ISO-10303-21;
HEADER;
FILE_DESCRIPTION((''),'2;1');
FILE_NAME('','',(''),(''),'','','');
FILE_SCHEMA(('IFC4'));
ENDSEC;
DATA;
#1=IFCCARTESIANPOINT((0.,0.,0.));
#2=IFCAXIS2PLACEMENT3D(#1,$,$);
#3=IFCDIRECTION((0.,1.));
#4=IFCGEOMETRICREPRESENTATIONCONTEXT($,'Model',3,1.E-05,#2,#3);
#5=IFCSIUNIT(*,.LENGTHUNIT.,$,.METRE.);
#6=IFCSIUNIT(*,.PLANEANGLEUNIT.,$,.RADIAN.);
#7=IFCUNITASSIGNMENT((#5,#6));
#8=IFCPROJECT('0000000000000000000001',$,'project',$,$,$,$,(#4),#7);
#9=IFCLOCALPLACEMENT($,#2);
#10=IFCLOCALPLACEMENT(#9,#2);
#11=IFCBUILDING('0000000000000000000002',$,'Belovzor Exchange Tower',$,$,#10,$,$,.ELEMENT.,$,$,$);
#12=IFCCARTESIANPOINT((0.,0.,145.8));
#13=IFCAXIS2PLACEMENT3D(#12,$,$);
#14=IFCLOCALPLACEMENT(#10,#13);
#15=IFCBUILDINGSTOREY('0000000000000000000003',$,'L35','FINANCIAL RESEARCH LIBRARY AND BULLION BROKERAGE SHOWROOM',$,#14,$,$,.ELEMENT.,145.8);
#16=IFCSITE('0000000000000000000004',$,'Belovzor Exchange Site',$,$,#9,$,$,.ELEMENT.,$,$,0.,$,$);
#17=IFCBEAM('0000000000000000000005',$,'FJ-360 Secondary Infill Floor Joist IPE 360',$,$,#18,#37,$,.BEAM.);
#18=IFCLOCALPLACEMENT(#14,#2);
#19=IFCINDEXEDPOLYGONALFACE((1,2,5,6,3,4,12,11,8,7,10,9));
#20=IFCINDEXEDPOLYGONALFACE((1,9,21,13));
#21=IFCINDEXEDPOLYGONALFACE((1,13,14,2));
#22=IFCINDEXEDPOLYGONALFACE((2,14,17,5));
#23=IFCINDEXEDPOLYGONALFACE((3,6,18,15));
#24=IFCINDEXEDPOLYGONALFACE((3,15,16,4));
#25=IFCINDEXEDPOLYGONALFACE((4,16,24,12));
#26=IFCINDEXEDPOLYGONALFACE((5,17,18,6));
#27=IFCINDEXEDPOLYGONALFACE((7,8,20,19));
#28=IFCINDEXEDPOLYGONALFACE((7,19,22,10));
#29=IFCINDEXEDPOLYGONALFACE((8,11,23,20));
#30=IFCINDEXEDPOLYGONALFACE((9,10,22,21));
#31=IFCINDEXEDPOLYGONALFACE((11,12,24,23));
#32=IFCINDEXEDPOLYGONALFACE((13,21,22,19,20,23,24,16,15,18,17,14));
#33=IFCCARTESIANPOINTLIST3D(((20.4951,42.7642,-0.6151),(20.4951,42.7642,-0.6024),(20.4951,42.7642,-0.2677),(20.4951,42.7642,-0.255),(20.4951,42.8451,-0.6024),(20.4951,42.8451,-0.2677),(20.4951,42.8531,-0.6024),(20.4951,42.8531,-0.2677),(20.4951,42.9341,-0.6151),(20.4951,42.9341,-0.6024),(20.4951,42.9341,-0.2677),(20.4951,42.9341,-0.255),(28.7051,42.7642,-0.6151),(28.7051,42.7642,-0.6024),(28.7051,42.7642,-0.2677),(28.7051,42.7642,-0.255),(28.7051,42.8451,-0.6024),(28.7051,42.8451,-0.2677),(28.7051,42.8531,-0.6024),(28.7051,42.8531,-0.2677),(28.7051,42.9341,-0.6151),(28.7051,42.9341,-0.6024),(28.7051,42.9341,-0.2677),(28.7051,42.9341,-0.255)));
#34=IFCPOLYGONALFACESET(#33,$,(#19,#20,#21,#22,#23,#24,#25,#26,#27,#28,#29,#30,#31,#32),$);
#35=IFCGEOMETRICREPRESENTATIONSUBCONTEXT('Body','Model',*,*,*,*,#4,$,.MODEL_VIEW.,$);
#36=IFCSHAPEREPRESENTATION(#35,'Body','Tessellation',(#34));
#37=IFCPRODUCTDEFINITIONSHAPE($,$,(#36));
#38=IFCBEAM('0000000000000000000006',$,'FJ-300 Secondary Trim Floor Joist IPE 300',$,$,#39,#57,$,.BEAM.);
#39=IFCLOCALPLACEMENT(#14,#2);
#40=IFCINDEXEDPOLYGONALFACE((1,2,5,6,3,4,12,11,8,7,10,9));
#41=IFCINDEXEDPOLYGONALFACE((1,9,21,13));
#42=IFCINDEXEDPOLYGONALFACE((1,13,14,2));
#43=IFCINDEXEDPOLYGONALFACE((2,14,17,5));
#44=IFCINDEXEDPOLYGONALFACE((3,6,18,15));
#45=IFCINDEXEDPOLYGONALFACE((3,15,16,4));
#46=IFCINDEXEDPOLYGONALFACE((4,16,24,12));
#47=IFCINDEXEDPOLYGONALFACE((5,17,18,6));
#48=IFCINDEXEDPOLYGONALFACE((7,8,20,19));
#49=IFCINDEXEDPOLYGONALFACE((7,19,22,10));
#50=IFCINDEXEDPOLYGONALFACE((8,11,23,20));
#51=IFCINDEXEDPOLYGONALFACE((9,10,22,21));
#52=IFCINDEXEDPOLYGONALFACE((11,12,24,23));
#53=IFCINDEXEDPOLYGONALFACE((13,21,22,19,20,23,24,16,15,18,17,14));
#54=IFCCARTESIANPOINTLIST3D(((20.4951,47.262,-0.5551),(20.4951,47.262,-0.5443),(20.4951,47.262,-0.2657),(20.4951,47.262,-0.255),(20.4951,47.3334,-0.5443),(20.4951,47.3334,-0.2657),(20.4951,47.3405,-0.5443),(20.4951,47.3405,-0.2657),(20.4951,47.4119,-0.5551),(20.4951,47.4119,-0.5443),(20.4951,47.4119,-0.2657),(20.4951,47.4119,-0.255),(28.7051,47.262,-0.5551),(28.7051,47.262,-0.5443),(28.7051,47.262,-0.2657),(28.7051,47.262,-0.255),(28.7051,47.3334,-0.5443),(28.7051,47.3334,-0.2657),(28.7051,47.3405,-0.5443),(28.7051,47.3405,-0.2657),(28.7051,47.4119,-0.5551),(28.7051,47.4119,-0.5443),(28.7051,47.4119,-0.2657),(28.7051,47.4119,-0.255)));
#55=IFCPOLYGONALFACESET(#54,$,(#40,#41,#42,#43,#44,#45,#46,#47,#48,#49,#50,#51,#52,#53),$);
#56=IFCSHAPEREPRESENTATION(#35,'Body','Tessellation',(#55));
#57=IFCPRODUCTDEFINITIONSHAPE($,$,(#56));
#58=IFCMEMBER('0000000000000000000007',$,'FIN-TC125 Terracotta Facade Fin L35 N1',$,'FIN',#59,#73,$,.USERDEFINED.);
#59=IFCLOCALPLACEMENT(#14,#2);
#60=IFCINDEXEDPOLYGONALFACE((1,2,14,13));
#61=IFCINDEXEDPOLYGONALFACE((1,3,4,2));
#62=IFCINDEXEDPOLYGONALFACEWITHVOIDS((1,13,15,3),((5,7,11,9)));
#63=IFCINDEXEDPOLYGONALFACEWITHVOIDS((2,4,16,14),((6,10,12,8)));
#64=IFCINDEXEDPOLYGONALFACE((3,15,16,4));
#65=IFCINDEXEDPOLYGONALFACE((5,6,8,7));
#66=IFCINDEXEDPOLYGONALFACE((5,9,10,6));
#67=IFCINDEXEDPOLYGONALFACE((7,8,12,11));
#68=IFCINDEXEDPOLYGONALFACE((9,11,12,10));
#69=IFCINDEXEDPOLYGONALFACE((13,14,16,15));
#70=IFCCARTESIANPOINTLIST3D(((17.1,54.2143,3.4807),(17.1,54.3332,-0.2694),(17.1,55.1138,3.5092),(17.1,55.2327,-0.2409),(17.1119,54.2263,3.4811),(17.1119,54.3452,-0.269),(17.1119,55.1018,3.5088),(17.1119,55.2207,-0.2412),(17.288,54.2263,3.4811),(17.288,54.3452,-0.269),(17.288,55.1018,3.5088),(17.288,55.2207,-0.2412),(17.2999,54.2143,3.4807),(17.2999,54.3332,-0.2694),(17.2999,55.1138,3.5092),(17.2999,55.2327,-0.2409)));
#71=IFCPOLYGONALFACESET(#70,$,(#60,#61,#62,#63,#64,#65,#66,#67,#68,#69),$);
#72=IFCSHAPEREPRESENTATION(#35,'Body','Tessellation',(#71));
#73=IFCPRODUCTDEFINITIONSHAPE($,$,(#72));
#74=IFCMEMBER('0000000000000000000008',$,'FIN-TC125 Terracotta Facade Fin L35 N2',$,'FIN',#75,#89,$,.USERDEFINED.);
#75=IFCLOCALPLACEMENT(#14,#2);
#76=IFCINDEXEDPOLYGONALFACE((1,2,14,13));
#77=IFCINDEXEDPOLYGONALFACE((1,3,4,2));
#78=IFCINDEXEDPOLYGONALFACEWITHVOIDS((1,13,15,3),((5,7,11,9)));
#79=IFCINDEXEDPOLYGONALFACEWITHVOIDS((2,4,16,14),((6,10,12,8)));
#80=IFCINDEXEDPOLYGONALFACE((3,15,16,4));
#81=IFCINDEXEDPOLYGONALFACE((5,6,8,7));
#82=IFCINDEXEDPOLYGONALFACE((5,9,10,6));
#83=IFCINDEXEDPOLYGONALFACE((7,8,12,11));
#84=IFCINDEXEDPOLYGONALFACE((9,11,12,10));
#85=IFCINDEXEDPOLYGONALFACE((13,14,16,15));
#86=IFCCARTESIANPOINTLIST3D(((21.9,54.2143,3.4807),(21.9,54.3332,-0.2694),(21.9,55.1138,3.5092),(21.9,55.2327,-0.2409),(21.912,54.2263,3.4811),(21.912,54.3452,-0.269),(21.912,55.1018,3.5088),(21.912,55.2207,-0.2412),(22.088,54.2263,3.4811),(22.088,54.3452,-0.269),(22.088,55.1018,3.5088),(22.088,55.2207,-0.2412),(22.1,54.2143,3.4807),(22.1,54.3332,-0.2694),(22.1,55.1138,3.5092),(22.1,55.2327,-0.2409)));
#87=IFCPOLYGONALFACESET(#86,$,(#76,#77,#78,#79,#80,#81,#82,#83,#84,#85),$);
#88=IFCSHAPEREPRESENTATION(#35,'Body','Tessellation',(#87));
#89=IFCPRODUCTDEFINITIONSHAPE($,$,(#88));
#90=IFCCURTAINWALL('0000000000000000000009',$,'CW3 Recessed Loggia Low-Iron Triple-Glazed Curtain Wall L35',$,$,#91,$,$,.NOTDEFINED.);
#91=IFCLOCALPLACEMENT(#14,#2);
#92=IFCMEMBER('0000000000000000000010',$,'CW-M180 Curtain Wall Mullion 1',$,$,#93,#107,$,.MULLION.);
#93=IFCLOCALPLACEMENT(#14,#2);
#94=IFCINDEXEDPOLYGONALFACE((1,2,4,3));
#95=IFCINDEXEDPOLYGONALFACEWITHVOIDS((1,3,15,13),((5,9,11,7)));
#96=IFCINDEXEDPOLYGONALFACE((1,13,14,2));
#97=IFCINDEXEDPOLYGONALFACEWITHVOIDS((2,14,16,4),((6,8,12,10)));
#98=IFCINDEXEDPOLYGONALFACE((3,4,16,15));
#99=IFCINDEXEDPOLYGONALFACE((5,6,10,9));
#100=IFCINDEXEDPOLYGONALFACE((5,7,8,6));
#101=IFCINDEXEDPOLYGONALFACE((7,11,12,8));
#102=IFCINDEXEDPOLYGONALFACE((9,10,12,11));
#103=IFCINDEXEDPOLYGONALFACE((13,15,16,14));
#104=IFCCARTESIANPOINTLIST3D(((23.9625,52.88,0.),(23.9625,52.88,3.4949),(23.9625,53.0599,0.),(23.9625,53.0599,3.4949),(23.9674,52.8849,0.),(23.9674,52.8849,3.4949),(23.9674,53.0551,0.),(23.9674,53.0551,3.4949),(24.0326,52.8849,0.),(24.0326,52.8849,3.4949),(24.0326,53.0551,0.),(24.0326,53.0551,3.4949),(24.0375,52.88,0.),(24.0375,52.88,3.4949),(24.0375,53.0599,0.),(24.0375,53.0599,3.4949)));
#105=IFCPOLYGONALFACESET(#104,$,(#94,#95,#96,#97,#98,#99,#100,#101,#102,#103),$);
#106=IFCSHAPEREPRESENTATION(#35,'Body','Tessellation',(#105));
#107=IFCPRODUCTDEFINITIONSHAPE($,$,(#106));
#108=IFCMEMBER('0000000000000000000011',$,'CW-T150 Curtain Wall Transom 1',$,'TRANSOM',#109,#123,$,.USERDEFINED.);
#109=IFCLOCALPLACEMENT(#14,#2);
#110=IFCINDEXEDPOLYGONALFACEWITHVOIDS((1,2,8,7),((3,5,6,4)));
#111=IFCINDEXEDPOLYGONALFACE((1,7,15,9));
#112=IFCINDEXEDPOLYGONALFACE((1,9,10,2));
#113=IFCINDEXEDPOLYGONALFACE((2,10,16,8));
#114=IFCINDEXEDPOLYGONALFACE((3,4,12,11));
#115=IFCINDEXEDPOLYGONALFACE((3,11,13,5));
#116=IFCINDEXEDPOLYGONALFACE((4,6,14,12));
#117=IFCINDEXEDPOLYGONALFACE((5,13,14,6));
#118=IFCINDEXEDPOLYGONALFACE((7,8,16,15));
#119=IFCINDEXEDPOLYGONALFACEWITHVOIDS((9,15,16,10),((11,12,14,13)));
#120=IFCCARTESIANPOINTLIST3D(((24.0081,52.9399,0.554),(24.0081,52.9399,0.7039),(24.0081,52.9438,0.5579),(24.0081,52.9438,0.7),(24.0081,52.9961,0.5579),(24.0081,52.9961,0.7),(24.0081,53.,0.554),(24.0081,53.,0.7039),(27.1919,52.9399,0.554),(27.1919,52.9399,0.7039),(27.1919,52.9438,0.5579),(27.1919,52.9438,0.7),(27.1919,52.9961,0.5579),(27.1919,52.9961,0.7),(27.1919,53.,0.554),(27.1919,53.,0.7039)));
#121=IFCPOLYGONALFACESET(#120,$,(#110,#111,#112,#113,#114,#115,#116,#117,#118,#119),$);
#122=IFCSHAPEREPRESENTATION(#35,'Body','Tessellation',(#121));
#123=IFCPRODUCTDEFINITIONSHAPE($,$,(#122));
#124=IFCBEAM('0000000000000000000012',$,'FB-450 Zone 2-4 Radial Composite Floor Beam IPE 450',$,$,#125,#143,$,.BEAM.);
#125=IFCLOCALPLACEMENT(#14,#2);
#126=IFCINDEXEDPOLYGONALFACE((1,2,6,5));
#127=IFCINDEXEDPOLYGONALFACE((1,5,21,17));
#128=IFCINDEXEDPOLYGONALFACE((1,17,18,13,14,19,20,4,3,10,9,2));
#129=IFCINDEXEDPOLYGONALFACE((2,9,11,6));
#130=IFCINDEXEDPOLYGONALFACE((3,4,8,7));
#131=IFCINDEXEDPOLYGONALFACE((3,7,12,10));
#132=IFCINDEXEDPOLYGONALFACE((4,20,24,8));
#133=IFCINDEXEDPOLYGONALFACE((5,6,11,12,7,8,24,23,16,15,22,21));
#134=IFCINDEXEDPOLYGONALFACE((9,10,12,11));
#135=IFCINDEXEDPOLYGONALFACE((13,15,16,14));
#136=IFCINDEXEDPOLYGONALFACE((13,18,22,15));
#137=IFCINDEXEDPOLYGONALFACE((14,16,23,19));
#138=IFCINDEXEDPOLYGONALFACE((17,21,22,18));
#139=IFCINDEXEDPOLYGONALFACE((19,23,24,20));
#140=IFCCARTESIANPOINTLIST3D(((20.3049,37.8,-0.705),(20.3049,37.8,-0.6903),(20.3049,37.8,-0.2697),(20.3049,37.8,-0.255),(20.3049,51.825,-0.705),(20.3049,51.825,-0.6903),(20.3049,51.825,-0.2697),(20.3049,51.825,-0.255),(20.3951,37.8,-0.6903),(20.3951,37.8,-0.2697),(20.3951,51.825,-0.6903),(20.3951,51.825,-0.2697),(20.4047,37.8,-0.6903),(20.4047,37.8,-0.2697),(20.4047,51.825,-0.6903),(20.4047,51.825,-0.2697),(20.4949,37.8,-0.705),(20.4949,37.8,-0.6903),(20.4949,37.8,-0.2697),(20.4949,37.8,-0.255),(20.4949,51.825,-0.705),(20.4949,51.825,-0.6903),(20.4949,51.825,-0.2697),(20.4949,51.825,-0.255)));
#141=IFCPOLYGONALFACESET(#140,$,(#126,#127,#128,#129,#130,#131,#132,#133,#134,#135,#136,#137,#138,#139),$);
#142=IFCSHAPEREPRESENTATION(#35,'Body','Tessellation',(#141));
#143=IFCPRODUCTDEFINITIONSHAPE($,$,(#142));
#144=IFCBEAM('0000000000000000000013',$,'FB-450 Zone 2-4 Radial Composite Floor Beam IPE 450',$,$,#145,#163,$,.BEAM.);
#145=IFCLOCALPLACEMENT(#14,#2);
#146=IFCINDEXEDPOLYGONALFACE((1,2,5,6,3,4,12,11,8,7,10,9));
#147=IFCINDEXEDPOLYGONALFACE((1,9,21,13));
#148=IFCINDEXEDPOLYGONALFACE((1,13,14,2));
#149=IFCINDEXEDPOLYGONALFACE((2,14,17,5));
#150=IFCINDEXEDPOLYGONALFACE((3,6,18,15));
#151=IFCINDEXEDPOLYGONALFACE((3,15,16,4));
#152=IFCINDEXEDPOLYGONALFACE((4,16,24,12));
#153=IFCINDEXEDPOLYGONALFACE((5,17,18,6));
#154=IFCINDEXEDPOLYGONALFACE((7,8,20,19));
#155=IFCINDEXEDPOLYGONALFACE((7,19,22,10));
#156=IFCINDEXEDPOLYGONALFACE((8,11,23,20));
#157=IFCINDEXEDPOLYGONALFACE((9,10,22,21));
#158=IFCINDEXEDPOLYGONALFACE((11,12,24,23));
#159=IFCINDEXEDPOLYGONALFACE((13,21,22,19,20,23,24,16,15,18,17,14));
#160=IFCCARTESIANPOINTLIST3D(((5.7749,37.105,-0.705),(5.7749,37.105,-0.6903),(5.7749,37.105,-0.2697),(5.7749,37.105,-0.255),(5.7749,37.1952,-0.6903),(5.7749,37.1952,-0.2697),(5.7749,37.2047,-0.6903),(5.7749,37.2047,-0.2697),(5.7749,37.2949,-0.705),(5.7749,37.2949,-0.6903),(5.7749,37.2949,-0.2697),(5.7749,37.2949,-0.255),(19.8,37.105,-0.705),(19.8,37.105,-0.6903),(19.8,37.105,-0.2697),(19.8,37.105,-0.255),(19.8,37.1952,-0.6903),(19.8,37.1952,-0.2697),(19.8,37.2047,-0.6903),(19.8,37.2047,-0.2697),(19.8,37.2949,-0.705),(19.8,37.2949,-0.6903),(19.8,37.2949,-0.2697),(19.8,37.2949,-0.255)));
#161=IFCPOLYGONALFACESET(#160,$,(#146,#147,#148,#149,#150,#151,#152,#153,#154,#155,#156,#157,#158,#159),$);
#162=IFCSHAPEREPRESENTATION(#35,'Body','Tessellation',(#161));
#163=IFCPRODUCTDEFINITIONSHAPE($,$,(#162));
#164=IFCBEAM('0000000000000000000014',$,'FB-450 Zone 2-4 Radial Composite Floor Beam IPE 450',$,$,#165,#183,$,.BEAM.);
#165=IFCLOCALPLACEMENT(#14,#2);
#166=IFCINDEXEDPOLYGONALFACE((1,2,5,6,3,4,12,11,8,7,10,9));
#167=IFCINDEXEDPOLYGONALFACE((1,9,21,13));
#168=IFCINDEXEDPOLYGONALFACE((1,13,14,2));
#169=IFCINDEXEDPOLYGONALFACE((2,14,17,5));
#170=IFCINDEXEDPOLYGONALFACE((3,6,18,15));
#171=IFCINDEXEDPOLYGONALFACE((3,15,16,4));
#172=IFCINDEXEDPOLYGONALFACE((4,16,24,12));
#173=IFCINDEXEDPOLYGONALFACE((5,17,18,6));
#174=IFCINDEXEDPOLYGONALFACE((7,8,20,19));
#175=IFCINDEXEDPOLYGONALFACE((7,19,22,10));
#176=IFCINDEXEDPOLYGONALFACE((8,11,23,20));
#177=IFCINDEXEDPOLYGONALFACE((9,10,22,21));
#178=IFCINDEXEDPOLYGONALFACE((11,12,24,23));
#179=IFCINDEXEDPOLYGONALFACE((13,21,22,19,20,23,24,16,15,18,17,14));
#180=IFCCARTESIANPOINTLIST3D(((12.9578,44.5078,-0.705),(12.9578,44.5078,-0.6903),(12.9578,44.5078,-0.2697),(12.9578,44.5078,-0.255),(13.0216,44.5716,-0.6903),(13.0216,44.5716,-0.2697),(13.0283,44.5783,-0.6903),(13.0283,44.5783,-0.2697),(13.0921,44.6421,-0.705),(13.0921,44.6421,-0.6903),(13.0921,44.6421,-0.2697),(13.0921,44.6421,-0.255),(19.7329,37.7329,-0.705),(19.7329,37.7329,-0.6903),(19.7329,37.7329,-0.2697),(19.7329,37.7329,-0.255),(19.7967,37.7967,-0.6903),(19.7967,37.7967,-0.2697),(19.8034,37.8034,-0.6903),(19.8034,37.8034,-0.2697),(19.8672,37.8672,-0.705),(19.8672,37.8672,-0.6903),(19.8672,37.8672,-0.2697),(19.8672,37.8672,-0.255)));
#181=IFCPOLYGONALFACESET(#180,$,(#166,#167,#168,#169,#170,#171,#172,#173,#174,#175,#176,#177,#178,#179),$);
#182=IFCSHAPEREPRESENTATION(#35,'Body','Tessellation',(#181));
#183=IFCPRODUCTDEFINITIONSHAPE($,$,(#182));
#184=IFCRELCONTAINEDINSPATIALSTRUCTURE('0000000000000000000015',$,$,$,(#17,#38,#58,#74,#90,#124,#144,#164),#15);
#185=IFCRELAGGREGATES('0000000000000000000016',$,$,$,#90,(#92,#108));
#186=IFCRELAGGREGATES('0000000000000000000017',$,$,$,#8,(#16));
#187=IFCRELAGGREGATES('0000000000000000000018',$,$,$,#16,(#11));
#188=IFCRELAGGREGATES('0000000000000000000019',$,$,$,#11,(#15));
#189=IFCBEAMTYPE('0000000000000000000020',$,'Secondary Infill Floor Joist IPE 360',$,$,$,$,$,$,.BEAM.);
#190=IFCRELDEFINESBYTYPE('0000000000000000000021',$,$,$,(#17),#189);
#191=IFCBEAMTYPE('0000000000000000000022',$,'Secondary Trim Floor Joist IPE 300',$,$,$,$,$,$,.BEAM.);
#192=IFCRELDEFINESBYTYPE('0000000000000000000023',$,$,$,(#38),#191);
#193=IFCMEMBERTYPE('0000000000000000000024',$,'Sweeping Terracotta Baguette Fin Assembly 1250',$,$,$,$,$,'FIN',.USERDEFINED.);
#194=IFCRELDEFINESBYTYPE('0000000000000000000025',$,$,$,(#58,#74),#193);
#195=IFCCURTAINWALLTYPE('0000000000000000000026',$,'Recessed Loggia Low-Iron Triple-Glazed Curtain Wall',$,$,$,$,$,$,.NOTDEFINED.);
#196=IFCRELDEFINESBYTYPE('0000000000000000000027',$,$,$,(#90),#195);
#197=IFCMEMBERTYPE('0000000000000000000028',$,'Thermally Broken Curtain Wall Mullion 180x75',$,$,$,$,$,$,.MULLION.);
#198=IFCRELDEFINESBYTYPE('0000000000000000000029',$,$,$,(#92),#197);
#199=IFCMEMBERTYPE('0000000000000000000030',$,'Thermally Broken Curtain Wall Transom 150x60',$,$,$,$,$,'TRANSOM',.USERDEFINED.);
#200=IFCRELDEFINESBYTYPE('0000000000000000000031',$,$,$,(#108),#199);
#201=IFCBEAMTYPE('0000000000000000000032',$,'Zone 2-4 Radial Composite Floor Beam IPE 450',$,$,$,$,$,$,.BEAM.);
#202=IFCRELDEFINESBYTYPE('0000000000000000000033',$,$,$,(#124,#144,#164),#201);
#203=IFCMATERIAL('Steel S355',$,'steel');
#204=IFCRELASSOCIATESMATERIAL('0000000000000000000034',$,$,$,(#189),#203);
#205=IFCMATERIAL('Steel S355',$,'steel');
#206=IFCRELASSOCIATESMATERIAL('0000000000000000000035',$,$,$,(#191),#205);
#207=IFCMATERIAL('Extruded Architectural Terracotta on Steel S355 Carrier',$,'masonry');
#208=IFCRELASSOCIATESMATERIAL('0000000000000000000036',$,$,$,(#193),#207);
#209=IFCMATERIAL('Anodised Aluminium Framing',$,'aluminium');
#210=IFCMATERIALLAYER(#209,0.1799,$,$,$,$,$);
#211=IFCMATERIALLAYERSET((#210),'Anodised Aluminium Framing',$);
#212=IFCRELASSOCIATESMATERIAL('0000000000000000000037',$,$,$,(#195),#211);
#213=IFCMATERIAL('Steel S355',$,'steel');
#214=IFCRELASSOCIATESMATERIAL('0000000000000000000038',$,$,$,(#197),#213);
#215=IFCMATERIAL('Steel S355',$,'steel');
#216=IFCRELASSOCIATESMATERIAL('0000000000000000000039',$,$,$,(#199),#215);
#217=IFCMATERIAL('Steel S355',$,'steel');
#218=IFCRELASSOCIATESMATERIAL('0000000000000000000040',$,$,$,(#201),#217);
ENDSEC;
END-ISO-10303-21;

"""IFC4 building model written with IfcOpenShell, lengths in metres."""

from ifc_helpers import new_model, si_unit, direction, frame, origin, origin_2d, place, context, subcontext, project, spatial, hollow_rectangle, i_section, extrude, material, layer, layer_set, material_profile, profile_set, type_object, element, aggregate, save


model = new_model("IFC4")

# Units and contexts
model_context = context("Model", 3, precision=1e-05, world=origin(), true_north=direction((0.0, 1.0)))
body_context = subcontext(model_context, "Body", "Model", "MODEL_VIEW")
ifc_project = project(units=[si_unit("LENGTHUNIT", "METRE"), si_unit("PLANEANGLEUNIT", "RADIAN")], contexts=[model_context])

# Site, building, storey
site_placement = place(None, origin())
site = spatial("IfcSite", under=ifc_project, at=site_placement, Name="Belovzor Exchange Site", CompositionType="ELEMENT", RefElevation=0.0)
building_placement = place(site_placement, origin())
building = spatial("IfcBuilding", under=site, at=building_placement, Name="Belovzor Exchange Tower", CompositionType="ELEMENT")
storey_placement = place(building_placement, frame((0.0, 0.0, 145.8)))
storey = spatial("IfcBuildingStorey", under=building, at=storey_placement, Name="L35", Description="FINANCIAL RESEARCH LIBRARY AND BULLION BROKERAGE SHOWROOM", CompositionType="ELEMENT", Elevation=145.8)

# Beams
ifc_material_1 = material(Name="Steel S355", Category="steel")
ifc_material_profile_1 = material_profile(ifc_material_1, i_section(OverallWidth=0.1699, OverallDepth=0.3601, WebThickness=0.0081, FlangeThickness=0.0127, at=origin_2d()))
ifc_profile_set_1 = profile_set([ifc_material_profile_1], Name="Steel S355")
beam_type_1 = type_object("IfcBeamType", Name="Secondary Infill Floor Joist IPE 360", PredefinedType="BEAM", material=ifc_profile_set_1)
beam_1_placement = place(storey_placement, frame((20.4951, 42.8491, -0.4351), z_axis=(1.0, 0.0, 0.0), x_axis=(0.0, 1.0, 0.0)))
element("IfcBeam", 1, at=beam_1_placement, inside=storey, type_object=beam_type_1, Name="FJ-360 Secondary Infill Floor Joist IPE 360", PredefinedType="BEAM", context=body_context, shape_type="SweptSolid", body=[
    extrude(i_section(OverallWidth=0.1699, OverallDepth=0.3601, WebThickness=0.0081, FlangeThickness=0.0127, at=origin_2d()), origin(), (0.0, 0.0, 1.0), 8.21),
])
ifc_material_2 = material(Name="Steel S355", Category="steel")
ifc_material_profile_2 = material_profile(ifc_material_2, i_section(OverallWidth=0.1499, OverallDepth=0.3, WebThickness=0.0071, FlangeThickness=0.0107, at=origin_2d()))
ifc_profile_set_2 = profile_set([ifc_material_profile_2], Name="Steel S355")
beam_type_2 = type_object("IfcBeamType", Name="Secondary Trim Floor Joist IPE 300", PredefinedType="BEAM", material=ifc_profile_set_2)
beam_2_placement = place(storey_placement, frame((20.4951, 47.3369, -0.405), z_axis=(1.0, 0.0, 0.0), x_axis=(0.0, 1.0, 0.0)))
element("IfcBeam", 2, at=beam_2_placement, inside=storey, type_object=beam_type_2, Name="FJ-300 Secondary Trim Floor Joist IPE 300", PredefinedType="BEAM", context=body_context, shape_type="SweptSolid", body=[
    extrude(i_section(OverallWidth=0.1499, OverallDepth=0.3, WebThickness=0.0071, FlangeThickness=0.0107, at=origin_2d()), origin(), (0.0, 0.0, 1.0), 8.21),
])

# Members
ifc_material_3 = material(Name="Extruded Architectural Terracotta on Steel S355 Carrier", Category="masonry")
ifc_material_profile_3 = material_profile(ifc_material_3, hollow_rectangle(XDim=0.2, YDim=0.8999, WallThickness=0.012, at=origin_2d()))
ifc_profile_set_3 = profile_set([ifc_material_profile_3], Name="Extruded Architectural Terracotta on Steel S355 Carrier")
member_type_1 = type_object("IfcMemberType", Name="Sweeping Terracotta Baguette Fin Assembly 1250", ElementType="FIN", PredefinedType="USERDEFINED", material=ifc_profile_set_3)
for number, where, z_axis, x_axis, name in (
    (3, (17.2, 54.783, -0.2551), (0.0, -0.03169, 0.999498), (1.0, 0.0, 0.0), "FIN-TC125 Terracotta Facade Fin L35 N1"),
    (4, (22.0, 54.783, -0.2551), (0.0, -0.03169, 0.999498), (1.0, 0.0, 0.0), "FIN-TC125 Terracotta Facade Fin L35 N2"),
):
    element("IfcMember", number, at=place(storey_placement, frame(where, z_axis=z_axis, x_axis=x_axis)), inside=storey, type_object=member_type_1, Name=name, ObjectType="FIN", PredefinedType="USERDEFINED", context=body_context, shape_type="SweptSolid", body=[
        extrude(hollow_rectangle(XDim=0.2, YDim=0.8999, WallThickness=0.012, at=origin_2d()), origin(), (0.0, 0.0, 1.0), 3.752),
    ])

# Curtain wall, members
ifc_material_4 = material(Name="Anodised Aluminium Framing", Category="aluminium")
ifc_layer_1 = layer(ifc_material_4, 0.1799)
ifc_layer_set_1 = layer_set([ifc_layer_1], Name="Anodised Aluminium Framing")
curtain_wall_type = type_object("IfcCurtainWallType", Name="Recessed Loggia Low-Iron Triple-Glazed Curtain Wall", PredefinedType="NOTDEFINED", material=ifc_layer_set_1)
curtain_wall_placement = place(storey_placement, origin())
curtain_wall = element("IfcCurtainWall", 5, at=curtain_wall_placement, inside=storey, type_object=curtain_wall_type, Name="CW3 Recessed Loggia Low-Iron Triple-Glazed Curtain Wall L35", PredefinedType="NOTDEFINED")
ifc_material_5 = material(Name="Steel S355", Category="steel")
ifc_material_profile_4 = material_profile(ifc_material_5, hollow_rectangle(XDim=0.075, YDim=0.1799, WallThickness=0.0049, at=origin_2d()))
ifc_profile_set_4 = profile_set([ifc_material_profile_4], Name="Steel S355")
member_type_2 = type_object("IfcMemberType", Name="Thermally Broken Curtain Wall Mullion 180x75", PredefinedType="MULLION", material=ifc_profile_set_4)
member_1_placement = place(storey_placement, frame((24.0, 52.97, 0.0), z_axis=(0.0, 0.0, 1.0), x_axis=(1.0, 0.0, 0.0)))
member_1 = element("IfcMember", 6, at=member_1_placement, type_object=member_type_2, Name="CW-M180 Curtain Wall Mullion 1", PredefinedType="MULLION", context=body_context, shape_type="SweptSolid", body=[
    extrude(hollow_rectangle(XDim=0.075, YDim=0.1799, WallThickness=0.0049, at=origin_2d()), origin(), (0.0, 0.0, 1.0), 3.4949),
])
ifc_material_6 = material(Name="Steel S355", Category="steel")
ifc_material_profile_5 = material_profile(ifc_material_6, hollow_rectangle(XDim=0.0601, YDim=0.1499, WallThickness=0.0039, at=origin_2d()))
ifc_profile_set_5 = profile_set([ifc_material_profile_5], Name="Steel S355")
member_type_3 = type_object("IfcMemberType", Name="Thermally Broken Curtain Wall Transom 150x60", ElementType="TRANSOM", PredefinedType="USERDEFINED", material=ifc_profile_set_5)
member_2_placement = place(storey_placement, frame((24.0081, 52.97, 0.6289), z_axis=(1.0, 0.0, 0.0), x_axis=(0.0, 1.0, 0.0)))
member_2 = element("IfcMember", 7, at=member_2_placement, type_object=member_type_3, Name="CW-T150 Curtain Wall Transom 1", ObjectType="TRANSOM", PredefinedType="USERDEFINED", context=body_context, shape_type="SweptSolid", body=[
    extrude(hollow_rectangle(XDim=0.0601, YDim=0.1499, WallThickness=0.0039, at=origin_2d()), origin(), (0.0, 0.0, 1.0), 3.1838),
])

# Beams
ifc_material_7 = material(Name="Steel S355", Category="steel")
ifc_material_profile_6 = material_profile(ifc_material_7, i_section(OverallWidth=0.1899, OverallDepth=0.45, WebThickness=0.0095, FlangeThickness=0.0146, at=origin_2d()))
ifc_profile_set_6 = profile_set([ifc_material_profile_6], Name="Steel S355")
beam_type_3 = type_object("IfcBeamType", Name="Zone 2-4 Radial Composite Floor Beam IPE 450", PredefinedType="BEAM", material=ifc_profile_set_6)
beam_3_placement = place(storey_placement, frame((20.3999, 37.8, -0.48), z_axis=(0.0, 1.0, 0.0), x_axis=(-1.0, 0.0, 0.0)))
element("IfcBeam", 8, at=beam_3_placement, inside=storey, type_object=beam_type_3, Name="FB-450 Zone 2-4 Radial Composite Floor Beam IPE 450", PredefinedType="BEAM", context=body_context, shape_type="SweptSolid", body=[
    extrude(i_section(OverallWidth=0.1899, OverallDepth=0.45, WebThickness=0.0095, FlangeThickness=0.0146, at=origin_2d()), origin(), (0.0, 0.0, 1.0), 14.0249),
])
beam_4_placement = place(storey_placement, frame((19.8, 37.2, -0.48), z_axis=(-1.0, 0.0, 0.0), x_axis=(0.0, -1.0, 0.0)))
element("IfcBeam", 9, at=beam_4_placement, inside=storey, type_object=beam_type_3, Name="FB-450 Zone 2-4 Radial Composite Floor Beam IPE 450", PredefinedType="BEAM", context=body_context, shape_type="SweptSolid", body=[
    extrude(i_section(OverallWidth=0.1899, OverallDepth=0.45, WebThickness=0.0095, FlangeThickness=0.0146, at=origin_2d()), origin(), (0.0, 0.0, 1.0), 14.0251),
])
beam_5_placement = place(storey_placement, frame((19.8, 37.8, -0.48), z_axis=(-0.70712, 0.707094, 0.0), x_axis=(-0.707094, -0.70712, 0.0)))
element("IfcBeam", 10, at=beam_5_placement, inside=storey, type_object=beam_type_3, Name="FB-450 Zone 2-4 Radial Composite Floor Beam IPE 450", PredefinedType="BEAM", context=body_context, shape_type="SweptSolid", body=[
    extrude(i_section(OverallWidth=0.1899, OverallDepth=0.45, WebThickness=0.0095, FlangeThickness=0.0146, at=origin_2d()), origin(), (0.0, 0.0, 1.0), 9.5813),
])

aggregate(curtain_wall, [member_1, member_2])

save(model, "model.ifc")
